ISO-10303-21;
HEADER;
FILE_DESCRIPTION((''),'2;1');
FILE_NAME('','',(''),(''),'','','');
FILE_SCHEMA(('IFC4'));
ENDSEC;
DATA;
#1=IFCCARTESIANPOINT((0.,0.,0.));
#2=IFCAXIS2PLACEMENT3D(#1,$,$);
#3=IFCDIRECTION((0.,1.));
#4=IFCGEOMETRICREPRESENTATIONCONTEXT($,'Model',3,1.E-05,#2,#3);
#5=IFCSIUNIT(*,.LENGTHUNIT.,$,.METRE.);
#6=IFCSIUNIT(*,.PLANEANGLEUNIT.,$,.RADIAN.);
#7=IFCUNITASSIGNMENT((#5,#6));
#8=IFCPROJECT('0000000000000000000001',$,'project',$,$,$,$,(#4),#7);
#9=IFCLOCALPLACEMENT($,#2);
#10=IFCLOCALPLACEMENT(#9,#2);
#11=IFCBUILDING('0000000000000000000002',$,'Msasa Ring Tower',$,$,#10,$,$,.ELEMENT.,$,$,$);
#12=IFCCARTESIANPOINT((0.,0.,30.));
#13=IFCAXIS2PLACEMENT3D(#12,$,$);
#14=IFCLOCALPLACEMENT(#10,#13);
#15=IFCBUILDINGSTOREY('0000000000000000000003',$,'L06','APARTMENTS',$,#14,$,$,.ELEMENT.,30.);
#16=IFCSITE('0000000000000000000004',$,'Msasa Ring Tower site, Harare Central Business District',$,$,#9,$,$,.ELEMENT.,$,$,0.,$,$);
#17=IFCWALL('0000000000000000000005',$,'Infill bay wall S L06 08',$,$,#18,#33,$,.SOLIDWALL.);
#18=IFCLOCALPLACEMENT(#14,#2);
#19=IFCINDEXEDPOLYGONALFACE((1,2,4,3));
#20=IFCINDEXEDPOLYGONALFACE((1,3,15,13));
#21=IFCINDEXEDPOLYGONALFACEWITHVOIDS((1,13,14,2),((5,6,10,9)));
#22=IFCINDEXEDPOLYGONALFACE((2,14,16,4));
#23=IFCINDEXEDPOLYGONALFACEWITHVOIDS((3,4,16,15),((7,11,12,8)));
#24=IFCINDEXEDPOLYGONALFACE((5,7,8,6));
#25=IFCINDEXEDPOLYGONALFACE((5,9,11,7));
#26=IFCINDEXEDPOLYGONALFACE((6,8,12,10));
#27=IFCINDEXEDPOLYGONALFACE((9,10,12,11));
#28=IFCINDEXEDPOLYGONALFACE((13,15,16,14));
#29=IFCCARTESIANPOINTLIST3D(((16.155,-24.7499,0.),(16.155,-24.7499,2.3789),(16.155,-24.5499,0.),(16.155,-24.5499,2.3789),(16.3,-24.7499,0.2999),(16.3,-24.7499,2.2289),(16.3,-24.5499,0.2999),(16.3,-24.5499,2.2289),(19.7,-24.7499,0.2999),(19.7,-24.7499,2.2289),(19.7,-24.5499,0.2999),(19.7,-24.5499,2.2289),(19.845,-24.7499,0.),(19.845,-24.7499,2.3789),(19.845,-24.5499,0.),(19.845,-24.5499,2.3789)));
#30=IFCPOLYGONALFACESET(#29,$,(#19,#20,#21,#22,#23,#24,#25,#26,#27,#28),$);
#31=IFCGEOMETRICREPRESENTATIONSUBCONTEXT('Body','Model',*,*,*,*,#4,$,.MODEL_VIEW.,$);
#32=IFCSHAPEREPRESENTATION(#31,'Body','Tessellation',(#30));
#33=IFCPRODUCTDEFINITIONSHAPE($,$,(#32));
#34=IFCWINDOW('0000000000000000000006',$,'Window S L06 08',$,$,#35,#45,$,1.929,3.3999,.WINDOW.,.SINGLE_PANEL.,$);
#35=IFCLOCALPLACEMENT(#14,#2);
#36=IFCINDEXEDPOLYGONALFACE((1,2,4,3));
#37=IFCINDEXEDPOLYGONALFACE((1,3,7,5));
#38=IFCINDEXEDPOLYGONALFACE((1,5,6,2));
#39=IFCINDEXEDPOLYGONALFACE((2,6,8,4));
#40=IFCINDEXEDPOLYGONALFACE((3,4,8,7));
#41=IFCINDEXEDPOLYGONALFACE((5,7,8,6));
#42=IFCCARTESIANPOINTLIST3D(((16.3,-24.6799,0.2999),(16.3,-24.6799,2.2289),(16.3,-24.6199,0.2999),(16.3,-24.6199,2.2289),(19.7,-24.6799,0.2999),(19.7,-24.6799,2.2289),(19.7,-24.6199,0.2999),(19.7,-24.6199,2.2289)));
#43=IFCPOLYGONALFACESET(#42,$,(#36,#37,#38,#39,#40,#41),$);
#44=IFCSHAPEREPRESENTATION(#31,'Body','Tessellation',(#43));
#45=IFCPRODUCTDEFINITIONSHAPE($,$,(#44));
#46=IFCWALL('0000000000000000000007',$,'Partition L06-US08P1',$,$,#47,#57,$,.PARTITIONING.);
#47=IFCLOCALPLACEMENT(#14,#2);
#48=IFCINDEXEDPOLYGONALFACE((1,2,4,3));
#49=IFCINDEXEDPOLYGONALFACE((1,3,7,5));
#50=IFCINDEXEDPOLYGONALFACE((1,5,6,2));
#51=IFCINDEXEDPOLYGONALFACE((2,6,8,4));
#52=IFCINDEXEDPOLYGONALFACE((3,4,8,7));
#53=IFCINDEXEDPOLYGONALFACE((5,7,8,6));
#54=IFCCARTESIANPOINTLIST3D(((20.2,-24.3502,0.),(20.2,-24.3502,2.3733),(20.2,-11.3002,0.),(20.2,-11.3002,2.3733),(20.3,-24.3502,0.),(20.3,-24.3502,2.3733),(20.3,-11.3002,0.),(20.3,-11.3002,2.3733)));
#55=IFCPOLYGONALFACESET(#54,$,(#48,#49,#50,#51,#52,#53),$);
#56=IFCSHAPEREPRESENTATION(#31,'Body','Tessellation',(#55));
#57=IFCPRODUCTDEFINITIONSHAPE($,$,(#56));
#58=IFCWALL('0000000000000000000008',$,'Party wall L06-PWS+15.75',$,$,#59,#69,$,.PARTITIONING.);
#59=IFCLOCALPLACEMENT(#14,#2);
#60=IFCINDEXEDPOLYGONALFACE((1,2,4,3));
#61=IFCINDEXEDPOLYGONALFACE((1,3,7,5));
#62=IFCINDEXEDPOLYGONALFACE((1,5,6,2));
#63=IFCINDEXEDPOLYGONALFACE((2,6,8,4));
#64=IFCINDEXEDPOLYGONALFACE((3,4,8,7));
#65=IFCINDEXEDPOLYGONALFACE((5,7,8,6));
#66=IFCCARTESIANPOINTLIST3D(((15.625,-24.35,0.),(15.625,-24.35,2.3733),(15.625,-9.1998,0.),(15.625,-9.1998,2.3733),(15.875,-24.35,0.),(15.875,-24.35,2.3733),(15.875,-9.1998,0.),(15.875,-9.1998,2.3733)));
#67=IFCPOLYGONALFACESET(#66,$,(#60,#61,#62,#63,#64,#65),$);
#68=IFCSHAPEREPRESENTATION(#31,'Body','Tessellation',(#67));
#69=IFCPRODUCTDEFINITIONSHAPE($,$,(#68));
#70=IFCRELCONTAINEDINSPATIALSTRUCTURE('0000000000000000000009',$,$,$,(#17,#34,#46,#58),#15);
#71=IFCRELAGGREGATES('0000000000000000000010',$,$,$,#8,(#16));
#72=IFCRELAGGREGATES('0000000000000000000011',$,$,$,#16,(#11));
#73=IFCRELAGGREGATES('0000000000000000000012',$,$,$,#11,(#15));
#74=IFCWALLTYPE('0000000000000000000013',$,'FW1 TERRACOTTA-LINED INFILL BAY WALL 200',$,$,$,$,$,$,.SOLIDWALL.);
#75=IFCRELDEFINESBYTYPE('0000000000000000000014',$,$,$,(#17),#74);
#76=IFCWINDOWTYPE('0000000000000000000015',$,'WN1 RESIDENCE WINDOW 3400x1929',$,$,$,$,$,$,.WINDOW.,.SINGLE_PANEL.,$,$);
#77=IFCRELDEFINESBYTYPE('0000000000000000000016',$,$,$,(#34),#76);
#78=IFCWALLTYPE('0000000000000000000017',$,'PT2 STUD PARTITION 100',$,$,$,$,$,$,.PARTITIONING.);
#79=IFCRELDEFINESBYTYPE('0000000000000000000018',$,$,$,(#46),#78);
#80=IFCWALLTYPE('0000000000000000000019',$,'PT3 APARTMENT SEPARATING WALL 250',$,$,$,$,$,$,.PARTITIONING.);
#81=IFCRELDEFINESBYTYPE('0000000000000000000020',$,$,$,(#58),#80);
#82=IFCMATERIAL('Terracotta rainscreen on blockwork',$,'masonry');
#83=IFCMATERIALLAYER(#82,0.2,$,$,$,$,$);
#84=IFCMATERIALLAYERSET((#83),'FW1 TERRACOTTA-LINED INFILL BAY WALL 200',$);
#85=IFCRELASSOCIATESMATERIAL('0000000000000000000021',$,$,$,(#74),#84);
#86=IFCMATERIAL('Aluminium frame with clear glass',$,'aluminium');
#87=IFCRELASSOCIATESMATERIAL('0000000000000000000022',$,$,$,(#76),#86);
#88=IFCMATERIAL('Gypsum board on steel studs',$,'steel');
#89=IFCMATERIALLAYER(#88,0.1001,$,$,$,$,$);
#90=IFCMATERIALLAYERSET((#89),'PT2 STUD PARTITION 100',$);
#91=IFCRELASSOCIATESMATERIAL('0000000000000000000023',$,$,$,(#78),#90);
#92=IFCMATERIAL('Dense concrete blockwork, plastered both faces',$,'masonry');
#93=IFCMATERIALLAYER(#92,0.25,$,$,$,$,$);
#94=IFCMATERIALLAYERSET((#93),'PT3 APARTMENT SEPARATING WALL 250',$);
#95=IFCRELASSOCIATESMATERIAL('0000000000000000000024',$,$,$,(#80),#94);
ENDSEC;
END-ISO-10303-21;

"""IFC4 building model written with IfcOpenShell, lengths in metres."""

from ifc_helpers import new_model, si_unit, direction, frame, frame_2d, origin, place, context, subcontext, project, spatial, rectangle, extrude, material, layer, layer_set, type_object, element, fill, save


model = new_model("IFC4")

# Units and contexts
model_context = context("Model", 3, precision=1e-05, world=origin(), true_north=direction((0.0, 1.0)))
body_context = subcontext(model_context, "Body", "Model", "MODEL_VIEW")
ifc_project = project(units=[si_unit("LENGTHUNIT", "METRE"), si_unit("PLANEANGLEUNIT", "RADIAN")], contexts=[model_context])

# Site, building, storey
site_placement = place(None, origin())
site = spatial("IfcSite", under=ifc_project, at=site_placement, Name="Msasa Ring Tower site, Harare Central Business District", CompositionType="ELEMENT", RefElevation=0.0)
building_placement = place(site_placement, origin())
building = spatial("IfcBuilding", under=site, at=building_placement, Name="Msasa Ring Tower", CompositionType="ELEMENT")
storey_placement = place(building_placement, frame((0.0, 0.0, 30.0)))
storey = spatial("IfcBuildingStorey", under=building, at=storey_placement, Name="L06", Description="APARTMENTS", CompositionType="ELEMENT", Elevation=30.0)

# Wall, opening, window
ifc_material_1 = material(Name="Terracotta rainscreen on blockwork", Category="masonry")
ifc_layer_1 = layer(ifc_material_1, 0.2)
ifc_layer_set_1 = layer_set([ifc_layer_1], Name="FW1 TERRACOTTA-LINED INFILL BAY WALL 200")
wall_type_1 = type_object("IfcWallType", Name="FW1 TERRACOTTA-LINED INFILL BAY WALL 200", PredefinedType="SOLIDWALL", material=ifc_layer_set_1)
wall_1_placement = place(storey_placement, frame((16.155, -24.6499, 0.0), z_axis=(0.0, 0.0, 1.0), x_axis=(1.0, 0.0, 0.0)))
wall_1 = element("IfcWall", 1, at=wall_1_placement, inside=storey, type_object=wall_type_1, Name="Infill bay wall S L06 08", PredefinedType="SOLIDWALL", context=body_context, shape_type="SweptSolid", body=[
    extrude(rectangle(XDim=3.6899, YDim=0.2, at=frame_2d((1.845, 0.0))), origin(), (0.0, 0.0, 1.0), 2.3789),
])
opening_placement = place(wall_1_placement, frame((0.145, 0.0, 0.3)))
opening = element("IfcOpeningElement", 2, at=opening_placement, cuts=wall_1, PredefinedType="OPENING", context=body_context, shape_type="SweptSolid", body=[
    extrude(rectangle(XDim=3.3999, YDim=1.929, at=frame_2d((1.7, 0.9644))), frame((0.0, 0.1099, 0.0), z_axis=(0.0, -1.0, 0.0), x_axis=(1.0, 0.0, 0.0)), (0.0, 0.0, 1.0), 0.22),
])
ifc_material_2 = material(Name="Aluminium frame with clear glass", Category="aluminium")
window_type = type_object("IfcWindowType", Name="WN1 RESIDENCE WINDOW 3400x1929", PartitioningType="SINGLE_PANEL", PredefinedType="WINDOW", material=ifc_material_2)
window_placement = place(opening_placement, origin())
window = element("IfcWindow", 3, at=window_placement, inside=storey, type_object=window_type, Name="Window S L06 08", OverallHeight=1.929, OverallWidth=3.3999, PartitioningType="SINGLE_PANEL", PredefinedType="WINDOW", context=body_context, shape_type="SweptSolid", body=[
    extrude(rectangle(XDim=3.3999, YDim=1.929, at=frame_2d((1.7, 0.9644))), frame((0.0, 0.03, 0.0), z_axis=(0.0, -1.0, 0.0), x_axis=(1.0, 0.0, 0.0)), (0.0, 0.0, 1.0), 0.0601),
])
fill(opening, window)

# Walls
ifc_material_3 = material(Name="Gypsum board on steel studs", Category="steel")
ifc_layer_2 = layer(ifc_material_3, 0.1001)
ifc_layer_set_2 = layer_set([ifc_layer_2], Name="PT2 STUD PARTITION 100")
wall_type_2 = type_object("IfcWallType", Name="PT2 STUD PARTITION 100", PredefinedType="PARTITIONING", material=ifc_layer_set_2)
wall_2_placement = place(storey_placement, frame((20.25, -24.3501, 0.0), z_axis=(0.0, 0.0, 1.0), x_axis=(0.0, 1.0, 0.0)))
element("IfcWall", 4, at=wall_2_placement, inside=storey, type_object=wall_type_2, Name="Partition L06-US08P1", PredefinedType="PARTITIONING", context=body_context, shape_type="SweptSolid", body=[
    extrude(rectangle(XDim=13.05, YDim=0.1001, at=frame_2d((6.5249, 0.0))), origin(), (0.0, 0.0, 1.0), 2.3733),
])
ifc_material_4 = material(Name="Dense concrete blockwork, plastered both faces", Category="masonry")
ifc_layer_3 = layer(ifc_material_4, 0.25)
ifc_layer_set_3 = layer_set([ifc_layer_3], Name="PT3 APARTMENT SEPARATING WALL 250")
wall_type_3 = type_object("IfcWallType", Name="PT3 APARTMENT SEPARATING WALL 250", PredefinedType="PARTITIONING", material=ifc_layer_set_3)
wall_3_placement = place(storey_placement, frame((15.75, -24.3501, 0.0), z_axis=(0.0, 0.0, 1.0), x_axis=(0.0, 1.0, 0.0)))
element("IfcWall", 5, at=wall_3_placement, inside=storey, type_object=wall_type_3, Name="Party wall L06-PWS+15.75", PredefinedType="PARTITIONING", context=body_context, shape_type="SweptSolid", body=[
    extrude(rectangle(XDim=15.1501, YDim=0.25, at=frame_2d((7.5752, 0.0))), origin(), (0.0, 0.0, 1.0), 2.3733),
])

save(model, "model.ifc")
